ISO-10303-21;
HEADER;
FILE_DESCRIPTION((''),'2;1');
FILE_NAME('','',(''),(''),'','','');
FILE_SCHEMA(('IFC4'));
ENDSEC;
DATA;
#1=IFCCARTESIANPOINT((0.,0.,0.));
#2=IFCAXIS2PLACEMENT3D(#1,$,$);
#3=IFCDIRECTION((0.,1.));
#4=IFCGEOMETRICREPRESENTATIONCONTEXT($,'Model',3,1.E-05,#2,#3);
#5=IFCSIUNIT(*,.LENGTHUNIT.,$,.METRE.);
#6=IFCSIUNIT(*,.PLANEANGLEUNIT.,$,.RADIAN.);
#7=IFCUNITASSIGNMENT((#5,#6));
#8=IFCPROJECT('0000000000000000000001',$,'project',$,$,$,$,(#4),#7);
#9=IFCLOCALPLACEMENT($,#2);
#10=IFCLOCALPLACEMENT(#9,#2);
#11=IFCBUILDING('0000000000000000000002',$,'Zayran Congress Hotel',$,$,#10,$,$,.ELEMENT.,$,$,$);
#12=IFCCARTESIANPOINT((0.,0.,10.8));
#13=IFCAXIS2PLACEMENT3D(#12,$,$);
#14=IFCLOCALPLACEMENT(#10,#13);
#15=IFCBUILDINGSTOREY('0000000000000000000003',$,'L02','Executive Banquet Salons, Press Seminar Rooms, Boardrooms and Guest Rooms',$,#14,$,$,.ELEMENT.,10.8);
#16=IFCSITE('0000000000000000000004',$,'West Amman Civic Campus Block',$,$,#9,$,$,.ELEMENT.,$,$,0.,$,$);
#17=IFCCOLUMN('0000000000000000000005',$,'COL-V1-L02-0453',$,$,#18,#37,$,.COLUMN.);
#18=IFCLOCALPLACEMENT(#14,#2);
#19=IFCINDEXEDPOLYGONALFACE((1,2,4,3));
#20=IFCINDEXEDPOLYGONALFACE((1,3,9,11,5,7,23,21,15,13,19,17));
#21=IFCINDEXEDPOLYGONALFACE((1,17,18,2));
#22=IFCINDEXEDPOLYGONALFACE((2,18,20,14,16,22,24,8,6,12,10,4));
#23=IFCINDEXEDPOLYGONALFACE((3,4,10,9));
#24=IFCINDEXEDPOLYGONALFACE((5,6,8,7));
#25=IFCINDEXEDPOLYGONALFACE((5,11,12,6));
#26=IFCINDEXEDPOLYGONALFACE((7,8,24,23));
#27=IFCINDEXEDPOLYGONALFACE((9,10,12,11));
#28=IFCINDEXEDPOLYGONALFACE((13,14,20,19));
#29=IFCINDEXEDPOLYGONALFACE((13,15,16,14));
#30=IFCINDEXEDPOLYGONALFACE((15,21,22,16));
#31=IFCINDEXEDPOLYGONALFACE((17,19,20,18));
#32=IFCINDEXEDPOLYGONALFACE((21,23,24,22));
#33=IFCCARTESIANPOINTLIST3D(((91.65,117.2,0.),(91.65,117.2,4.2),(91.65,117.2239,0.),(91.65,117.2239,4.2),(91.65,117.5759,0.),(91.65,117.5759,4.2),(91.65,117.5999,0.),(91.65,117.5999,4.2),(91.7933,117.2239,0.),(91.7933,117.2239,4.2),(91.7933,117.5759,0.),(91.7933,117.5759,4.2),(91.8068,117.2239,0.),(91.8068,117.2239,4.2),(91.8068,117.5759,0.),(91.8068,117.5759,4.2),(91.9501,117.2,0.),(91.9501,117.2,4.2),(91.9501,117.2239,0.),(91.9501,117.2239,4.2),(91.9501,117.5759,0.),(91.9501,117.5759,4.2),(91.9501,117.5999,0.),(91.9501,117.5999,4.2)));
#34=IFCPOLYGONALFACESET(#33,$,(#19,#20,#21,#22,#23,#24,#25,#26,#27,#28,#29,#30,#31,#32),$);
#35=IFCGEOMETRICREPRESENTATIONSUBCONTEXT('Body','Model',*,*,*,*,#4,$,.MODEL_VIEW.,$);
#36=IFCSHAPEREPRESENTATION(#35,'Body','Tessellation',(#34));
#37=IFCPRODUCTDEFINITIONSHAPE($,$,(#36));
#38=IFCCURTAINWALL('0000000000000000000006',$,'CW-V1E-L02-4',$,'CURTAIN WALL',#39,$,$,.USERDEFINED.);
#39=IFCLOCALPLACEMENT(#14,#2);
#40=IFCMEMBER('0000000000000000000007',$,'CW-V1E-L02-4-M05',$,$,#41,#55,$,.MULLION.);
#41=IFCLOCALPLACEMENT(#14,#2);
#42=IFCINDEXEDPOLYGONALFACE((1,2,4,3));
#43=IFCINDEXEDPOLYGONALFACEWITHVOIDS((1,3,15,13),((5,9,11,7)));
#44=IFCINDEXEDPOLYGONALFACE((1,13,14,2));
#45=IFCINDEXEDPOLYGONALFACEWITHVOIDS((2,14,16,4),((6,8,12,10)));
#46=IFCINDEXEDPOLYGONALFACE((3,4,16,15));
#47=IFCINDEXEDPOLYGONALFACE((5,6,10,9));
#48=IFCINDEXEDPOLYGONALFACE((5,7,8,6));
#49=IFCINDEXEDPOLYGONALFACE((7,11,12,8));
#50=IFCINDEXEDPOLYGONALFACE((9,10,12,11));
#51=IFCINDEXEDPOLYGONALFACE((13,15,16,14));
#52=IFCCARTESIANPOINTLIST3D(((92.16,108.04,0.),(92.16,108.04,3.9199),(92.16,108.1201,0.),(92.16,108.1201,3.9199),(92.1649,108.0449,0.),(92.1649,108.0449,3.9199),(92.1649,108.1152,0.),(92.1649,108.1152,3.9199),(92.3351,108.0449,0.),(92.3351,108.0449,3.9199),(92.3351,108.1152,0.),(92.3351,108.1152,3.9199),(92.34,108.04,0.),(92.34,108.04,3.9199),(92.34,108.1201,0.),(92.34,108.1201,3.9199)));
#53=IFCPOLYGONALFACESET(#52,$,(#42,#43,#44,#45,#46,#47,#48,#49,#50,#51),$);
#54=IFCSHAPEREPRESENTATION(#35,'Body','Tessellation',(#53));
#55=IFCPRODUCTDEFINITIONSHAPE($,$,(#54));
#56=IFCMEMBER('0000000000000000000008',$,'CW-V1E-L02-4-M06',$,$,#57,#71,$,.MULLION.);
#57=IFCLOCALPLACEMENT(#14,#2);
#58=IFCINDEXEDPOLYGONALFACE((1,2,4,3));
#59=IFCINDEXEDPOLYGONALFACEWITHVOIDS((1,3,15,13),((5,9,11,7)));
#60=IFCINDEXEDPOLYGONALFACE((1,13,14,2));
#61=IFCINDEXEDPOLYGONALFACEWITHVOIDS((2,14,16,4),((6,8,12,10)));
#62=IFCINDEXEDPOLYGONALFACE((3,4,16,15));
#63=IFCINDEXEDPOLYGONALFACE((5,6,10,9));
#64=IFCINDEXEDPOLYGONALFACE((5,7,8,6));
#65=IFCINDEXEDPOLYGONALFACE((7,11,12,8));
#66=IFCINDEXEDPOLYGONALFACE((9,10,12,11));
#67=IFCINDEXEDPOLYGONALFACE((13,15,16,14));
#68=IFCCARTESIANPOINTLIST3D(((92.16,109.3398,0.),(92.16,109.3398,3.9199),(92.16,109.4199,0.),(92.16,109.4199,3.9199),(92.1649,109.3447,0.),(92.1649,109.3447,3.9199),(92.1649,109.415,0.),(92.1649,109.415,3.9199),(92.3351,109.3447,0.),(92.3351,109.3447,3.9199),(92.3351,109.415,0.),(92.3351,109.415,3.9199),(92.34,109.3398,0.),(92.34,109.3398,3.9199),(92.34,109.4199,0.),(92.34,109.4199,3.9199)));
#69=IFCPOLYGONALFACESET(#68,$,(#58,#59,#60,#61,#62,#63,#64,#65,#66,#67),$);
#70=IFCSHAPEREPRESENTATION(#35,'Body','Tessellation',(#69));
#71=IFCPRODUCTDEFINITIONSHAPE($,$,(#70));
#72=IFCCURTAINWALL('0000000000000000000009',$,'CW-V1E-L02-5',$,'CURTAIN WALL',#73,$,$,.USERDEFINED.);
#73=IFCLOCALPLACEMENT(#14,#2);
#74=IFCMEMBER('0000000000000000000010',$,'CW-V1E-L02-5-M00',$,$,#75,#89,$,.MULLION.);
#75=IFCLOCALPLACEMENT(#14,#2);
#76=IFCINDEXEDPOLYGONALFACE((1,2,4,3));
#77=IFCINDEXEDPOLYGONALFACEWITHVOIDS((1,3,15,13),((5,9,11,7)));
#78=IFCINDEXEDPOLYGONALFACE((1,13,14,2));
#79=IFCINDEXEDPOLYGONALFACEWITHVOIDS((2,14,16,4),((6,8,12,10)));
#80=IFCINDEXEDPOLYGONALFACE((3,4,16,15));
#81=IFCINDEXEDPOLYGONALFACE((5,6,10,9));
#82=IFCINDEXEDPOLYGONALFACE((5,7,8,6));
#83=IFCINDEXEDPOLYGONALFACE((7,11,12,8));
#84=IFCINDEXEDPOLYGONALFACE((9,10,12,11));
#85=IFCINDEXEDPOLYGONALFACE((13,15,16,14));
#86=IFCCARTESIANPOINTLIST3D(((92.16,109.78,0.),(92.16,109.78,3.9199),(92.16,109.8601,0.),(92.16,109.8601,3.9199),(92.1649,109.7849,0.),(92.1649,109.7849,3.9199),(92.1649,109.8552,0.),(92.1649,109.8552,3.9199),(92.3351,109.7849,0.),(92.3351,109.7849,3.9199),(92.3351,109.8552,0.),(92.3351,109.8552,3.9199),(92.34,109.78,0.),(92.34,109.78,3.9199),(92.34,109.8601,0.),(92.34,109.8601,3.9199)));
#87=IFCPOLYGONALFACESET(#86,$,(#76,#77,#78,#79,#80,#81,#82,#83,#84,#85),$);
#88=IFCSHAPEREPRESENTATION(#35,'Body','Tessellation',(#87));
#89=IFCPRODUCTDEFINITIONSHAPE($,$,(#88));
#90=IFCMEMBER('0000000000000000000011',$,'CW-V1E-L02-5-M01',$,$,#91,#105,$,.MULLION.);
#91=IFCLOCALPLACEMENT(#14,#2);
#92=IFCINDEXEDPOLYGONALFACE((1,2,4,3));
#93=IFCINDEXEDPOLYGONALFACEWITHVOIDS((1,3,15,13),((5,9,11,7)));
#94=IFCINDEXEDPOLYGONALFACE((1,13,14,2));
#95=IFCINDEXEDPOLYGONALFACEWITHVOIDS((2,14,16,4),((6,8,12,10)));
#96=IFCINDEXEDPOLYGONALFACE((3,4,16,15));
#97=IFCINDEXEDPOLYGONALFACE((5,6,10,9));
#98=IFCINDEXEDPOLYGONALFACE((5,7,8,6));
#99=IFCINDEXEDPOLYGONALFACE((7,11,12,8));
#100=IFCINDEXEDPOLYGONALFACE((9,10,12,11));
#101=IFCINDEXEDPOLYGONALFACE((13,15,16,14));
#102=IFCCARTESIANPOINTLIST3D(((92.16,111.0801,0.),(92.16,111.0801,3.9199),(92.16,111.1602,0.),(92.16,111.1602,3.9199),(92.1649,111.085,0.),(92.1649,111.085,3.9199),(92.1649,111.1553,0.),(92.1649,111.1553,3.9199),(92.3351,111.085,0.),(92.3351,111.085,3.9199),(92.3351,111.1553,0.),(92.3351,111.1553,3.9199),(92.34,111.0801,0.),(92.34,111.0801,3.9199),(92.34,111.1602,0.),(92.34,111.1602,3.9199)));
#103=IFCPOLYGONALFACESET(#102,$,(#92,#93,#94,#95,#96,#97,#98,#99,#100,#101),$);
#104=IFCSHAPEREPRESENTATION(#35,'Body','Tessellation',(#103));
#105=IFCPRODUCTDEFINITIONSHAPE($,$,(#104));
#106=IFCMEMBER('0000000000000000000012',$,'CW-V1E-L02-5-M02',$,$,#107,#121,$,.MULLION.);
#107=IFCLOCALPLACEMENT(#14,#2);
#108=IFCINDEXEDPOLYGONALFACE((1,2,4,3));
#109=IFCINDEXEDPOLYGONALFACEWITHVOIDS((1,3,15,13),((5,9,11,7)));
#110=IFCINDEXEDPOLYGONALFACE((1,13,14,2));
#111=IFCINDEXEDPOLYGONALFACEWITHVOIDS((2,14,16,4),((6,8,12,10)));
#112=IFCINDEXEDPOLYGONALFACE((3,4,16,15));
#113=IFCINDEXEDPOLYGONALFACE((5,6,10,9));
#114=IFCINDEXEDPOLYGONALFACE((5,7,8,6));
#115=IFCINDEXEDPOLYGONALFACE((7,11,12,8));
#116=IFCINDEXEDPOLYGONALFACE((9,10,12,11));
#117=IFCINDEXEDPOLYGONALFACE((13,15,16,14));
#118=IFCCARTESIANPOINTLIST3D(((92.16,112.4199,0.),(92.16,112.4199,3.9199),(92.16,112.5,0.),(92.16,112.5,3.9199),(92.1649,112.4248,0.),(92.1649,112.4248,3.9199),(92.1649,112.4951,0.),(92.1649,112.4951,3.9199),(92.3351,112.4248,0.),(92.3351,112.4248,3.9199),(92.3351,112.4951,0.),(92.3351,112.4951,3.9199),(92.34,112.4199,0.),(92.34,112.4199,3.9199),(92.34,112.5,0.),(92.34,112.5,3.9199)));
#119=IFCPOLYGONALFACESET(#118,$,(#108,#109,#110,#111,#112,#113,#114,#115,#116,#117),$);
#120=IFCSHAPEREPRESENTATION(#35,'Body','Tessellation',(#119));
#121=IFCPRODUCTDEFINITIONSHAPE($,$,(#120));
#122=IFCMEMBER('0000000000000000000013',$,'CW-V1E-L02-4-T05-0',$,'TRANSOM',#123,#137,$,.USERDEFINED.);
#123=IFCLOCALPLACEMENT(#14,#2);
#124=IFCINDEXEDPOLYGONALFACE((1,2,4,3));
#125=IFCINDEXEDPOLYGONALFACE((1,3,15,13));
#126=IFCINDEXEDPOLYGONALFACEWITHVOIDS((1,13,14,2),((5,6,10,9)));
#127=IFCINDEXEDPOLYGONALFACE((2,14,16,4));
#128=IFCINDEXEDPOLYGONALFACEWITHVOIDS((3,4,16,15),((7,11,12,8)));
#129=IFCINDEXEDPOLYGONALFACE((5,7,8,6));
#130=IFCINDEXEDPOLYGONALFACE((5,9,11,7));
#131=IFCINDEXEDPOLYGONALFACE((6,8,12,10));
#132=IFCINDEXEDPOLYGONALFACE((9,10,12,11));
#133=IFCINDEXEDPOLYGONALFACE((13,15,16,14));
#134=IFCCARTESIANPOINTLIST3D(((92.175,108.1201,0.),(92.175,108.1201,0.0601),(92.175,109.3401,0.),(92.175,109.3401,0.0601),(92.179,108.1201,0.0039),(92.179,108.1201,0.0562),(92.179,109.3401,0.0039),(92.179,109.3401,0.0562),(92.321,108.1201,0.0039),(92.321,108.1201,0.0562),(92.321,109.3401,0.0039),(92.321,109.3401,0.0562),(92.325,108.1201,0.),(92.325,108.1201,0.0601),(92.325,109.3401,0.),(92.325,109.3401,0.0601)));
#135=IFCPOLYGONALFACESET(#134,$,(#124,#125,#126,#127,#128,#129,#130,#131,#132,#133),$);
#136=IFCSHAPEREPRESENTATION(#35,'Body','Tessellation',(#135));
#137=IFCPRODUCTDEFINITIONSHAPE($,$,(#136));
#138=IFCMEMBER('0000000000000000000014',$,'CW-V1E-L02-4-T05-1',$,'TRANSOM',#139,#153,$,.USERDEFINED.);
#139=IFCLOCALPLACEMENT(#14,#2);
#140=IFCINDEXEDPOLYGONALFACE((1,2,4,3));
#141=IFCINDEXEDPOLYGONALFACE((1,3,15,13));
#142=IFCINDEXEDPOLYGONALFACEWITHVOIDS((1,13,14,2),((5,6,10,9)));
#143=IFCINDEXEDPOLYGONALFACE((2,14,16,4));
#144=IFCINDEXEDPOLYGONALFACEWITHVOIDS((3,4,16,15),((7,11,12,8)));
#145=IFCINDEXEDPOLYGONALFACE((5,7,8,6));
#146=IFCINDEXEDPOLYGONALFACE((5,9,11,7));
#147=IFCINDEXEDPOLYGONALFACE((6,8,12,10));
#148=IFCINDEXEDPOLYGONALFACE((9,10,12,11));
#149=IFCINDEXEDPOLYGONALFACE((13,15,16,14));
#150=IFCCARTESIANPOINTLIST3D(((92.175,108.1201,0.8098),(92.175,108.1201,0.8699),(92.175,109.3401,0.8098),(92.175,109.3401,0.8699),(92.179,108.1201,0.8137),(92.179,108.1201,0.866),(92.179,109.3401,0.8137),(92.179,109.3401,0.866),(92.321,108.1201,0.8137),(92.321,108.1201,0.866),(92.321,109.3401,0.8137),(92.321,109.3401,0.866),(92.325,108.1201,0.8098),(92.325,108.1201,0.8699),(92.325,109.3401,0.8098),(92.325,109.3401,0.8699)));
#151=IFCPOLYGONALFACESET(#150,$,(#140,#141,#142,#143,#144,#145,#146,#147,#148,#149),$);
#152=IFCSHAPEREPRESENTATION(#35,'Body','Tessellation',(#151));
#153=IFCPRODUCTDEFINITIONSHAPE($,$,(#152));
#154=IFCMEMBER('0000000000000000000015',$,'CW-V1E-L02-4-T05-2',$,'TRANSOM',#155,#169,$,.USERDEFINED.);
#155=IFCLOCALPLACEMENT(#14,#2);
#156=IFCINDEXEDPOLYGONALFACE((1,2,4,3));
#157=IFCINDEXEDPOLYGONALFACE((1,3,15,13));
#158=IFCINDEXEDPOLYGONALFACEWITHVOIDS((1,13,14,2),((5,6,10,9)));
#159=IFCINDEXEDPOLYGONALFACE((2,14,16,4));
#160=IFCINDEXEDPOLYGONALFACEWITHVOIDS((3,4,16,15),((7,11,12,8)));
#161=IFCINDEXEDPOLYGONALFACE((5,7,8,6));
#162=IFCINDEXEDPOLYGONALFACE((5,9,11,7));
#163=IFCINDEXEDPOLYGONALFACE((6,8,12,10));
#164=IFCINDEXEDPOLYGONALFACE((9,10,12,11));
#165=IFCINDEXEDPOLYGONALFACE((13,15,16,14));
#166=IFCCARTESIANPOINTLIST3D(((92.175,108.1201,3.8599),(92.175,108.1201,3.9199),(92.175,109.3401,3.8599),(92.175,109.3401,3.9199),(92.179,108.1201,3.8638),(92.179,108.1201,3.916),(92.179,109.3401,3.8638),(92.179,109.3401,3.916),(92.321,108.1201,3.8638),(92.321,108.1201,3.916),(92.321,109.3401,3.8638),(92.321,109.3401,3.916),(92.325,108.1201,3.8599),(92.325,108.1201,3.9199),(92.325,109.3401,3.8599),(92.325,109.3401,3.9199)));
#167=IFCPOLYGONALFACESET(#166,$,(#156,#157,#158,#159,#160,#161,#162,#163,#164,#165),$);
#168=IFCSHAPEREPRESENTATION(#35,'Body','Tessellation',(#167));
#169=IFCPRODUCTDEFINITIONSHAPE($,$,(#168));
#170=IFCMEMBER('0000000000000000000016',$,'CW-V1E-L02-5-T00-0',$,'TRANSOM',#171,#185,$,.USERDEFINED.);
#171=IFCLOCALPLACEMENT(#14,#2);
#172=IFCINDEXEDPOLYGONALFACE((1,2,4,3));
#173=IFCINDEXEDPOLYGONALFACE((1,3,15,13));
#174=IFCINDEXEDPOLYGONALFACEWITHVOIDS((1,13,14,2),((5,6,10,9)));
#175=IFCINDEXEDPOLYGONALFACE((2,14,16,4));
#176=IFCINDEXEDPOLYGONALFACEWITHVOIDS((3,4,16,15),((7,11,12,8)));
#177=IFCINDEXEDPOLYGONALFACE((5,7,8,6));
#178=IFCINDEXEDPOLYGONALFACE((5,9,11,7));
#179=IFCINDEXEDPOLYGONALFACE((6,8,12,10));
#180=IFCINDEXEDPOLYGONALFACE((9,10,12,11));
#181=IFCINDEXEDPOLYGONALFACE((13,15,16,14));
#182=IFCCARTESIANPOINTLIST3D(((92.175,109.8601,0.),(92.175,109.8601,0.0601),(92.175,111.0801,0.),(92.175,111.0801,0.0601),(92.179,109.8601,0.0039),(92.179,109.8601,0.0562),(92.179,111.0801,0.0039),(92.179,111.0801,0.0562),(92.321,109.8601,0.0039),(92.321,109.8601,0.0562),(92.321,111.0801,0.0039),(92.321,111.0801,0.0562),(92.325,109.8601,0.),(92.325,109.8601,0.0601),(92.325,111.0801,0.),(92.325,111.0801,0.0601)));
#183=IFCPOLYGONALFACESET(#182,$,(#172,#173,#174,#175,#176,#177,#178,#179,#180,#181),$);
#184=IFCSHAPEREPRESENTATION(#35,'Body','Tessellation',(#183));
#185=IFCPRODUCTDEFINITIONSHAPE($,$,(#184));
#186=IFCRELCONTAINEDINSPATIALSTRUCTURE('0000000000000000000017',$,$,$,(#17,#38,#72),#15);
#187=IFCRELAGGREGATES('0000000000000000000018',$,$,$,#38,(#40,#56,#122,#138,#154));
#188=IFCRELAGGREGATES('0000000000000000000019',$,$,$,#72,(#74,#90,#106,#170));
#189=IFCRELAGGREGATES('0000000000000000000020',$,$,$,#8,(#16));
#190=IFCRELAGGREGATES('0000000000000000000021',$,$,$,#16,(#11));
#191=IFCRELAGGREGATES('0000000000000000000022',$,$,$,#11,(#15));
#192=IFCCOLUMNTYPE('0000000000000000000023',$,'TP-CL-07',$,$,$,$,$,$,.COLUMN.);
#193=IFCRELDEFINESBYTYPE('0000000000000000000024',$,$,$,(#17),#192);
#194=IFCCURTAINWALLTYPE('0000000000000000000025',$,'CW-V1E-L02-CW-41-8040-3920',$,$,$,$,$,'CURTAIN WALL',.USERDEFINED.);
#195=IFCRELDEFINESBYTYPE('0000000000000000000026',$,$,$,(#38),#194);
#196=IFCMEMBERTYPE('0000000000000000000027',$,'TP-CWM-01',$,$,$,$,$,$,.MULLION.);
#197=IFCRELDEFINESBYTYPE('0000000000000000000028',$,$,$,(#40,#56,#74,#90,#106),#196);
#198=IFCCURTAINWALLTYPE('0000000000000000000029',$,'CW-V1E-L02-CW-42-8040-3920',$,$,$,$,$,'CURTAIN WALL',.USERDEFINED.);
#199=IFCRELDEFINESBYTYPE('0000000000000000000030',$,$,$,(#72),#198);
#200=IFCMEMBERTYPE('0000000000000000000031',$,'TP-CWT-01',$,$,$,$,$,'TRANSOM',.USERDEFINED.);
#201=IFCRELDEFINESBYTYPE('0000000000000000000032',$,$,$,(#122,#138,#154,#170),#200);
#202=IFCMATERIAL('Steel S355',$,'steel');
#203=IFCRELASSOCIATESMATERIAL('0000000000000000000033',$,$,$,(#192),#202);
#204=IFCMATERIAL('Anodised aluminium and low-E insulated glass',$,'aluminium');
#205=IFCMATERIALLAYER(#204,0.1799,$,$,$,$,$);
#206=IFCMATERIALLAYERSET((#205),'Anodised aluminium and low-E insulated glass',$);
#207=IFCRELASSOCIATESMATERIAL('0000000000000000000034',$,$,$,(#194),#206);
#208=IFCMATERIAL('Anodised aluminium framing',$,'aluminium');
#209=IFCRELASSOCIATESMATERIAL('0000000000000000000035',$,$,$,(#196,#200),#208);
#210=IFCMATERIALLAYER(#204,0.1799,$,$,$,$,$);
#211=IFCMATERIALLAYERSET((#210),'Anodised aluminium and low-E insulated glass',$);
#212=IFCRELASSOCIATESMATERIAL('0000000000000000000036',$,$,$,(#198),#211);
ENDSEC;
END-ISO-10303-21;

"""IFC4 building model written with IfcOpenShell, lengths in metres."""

from ifc_helpers import new_model, si_unit, direction, frame, origin, origin_2d, place, context, subcontext, project, spatial, hollow_rectangle, i_section, extrude, material, layer, layer_set, material_profile, profile_set, type_object, element, aggregate, save


model = new_model("IFC4")

# Units and contexts
model_context = context("Model", 3, precision=1e-05, world=origin(), true_north=direction((0.0, 1.0)))
body_context = subcontext(model_context, "Body", "Model", "MODEL_VIEW")
ifc_project = project(units=[si_unit("LENGTHUNIT", "METRE"), si_unit("PLANEANGLEUNIT", "RADIAN")], contexts=[model_context])

# Site, building, storey
site_placement = place(None, origin())
site = spatial("IfcSite", under=ifc_project, at=site_placement, Name="West Amman Civic Campus Block", CompositionType="ELEMENT", RefElevation=0.0)
building_placement = place(site_placement, origin())
building = spatial("IfcBuilding", under=site, at=building_placement, Name="Zayran Congress Hotel", CompositionType="ELEMENT")
storey_placement = place(building_placement, frame((0.0, 0.0, 10.8)))
storey = spatial("IfcBuildingStorey", under=building, at=storey_placement, Name="L02", Description="Executive Banquet Salons, Press Seminar Rooms, Boardrooms and Guest Rooms", CompositionType="ELEMENT", Elevation=10.8)

# Column
ifc_material_1 = material(Name="Steel S355", Category="steel")
ifc_material_profile_1 = material_profile(ifc_material_1, i_section(OverallWidth=0.3, OverallDepth=0.3999, WebThickness=0.0134, FlangeThickness=0.0239, at=origin_2d()), Name="HEB 400")
ifc_profile_set_1 = profile_set([ifc_material_profile_1], Name="Steel S355")
column_type = type_object("IfcColumnType", Name="TP-CL-07", PredefinedType="COLUMN", material=ifc_profile_set_1)
column_placement = place(storey_placement, frame((91.8, 117.3999, 0.0), z_axis=(0.0, 0.0, 1.0), x_axis=(1.0, 0.0, 0.0)))
element("IfcColumn", 1, at=column_placement, inside=storey, type_object=column_type, Name="COL-V1-L02-0453", PredefinedType="COLUMN", context=body_context, shape_type="SweptSolid", body=[
    extrude(i_section(OverallWidth=0.3, OverallDepth=0.3999, WebThickness=0.0134, FlangeThickness=0.0239, at=origin_2d()), origin(), (0.0, 0.0, 1.0), 4.2),
])

# Curtain walls, members
ifc_material_2 = material(Name="Anodised aluminium and low-E insulated glass", Category="aluminium")
ifc_layer_1 = layer(ifc_material_2, 0.1799)
ifc_layer_set_1 = layer_set([ifc_layer_1], Name="Anodised aluminium and low-E insulated glass")
curtain_wall_type_1 = type_object("IfcCurtainWallType", Name="CW-V1E-L02-CW-41-8040-3920", ElementType="CURTAIN WALL", PredefinedType="USERDEFINED", material=ifc_layer_set_1)
curtain_wall_1_placement = place(storey_placement, origin())
curtain_wall_1 = element("IfcCurtainWall", 2, at=curtain_wall_1_placement, inside=storey, type_object=curtain_wall_type_1, Name="CW-V1E-L02-4", ObjectType="CURTAIN WALL", PredefinedType="USERDEFINED")
ifc_material_3 = material(Name="Anodised aluminium framing", Category="aluminium")
ifc_material_profile_2 = material_profile(ifc_material_3, hollow_rectangle(XDim=0.0801, YDim=0.1799, WallThickness=0.0049, at=origin_2d()), Name="RHS 180x80x5")
ifc_profile_set_2 = profile_set([ifc_material_profile_2], Name="Anodised aluminium framing")
member_type_1 = type_object("IfcMemberType", Name="TP-CWM-01", PredefinedType="MULLION", material=ifc_profile_set_2)
member_1_placement = place(storey_placement, frame((92.25, 108.0801, 0.0), z_axis=(0.0, 0.0, 1.0), x_axis=(0.0, 1.0, 0.0)))
member_1 = element("IfcMember", 3, at=member_1_placement, type_object=member_type_1, Name="CW-V1E-L02-4-M05", PredefinedType="MULLION", context=body_context, shape_type="SweptSolid", body=[
    extrude(hollow_rectangle(XDim=0.0801, YDim=0.1799, WallThickness=0.0049, at=origin_2d()), origin(), (0.0, 0.0, 1.0), 3.9199),
])
member_2_placement = place(storey_placement, frame((92.25, 109.3799, 0.0), z_axis=(0.0, 0.0, 1.0), x_axis=(0.0, 1.0, 0.0)))
member_2 = element("IfcMember", 4, at=member_2_placement, type_object=member_type_1, Name="CW-V1E-L02-4-M06", PredefinedType="MULLION", context=body_context, shape_type="SweptSolid", body=[
    extrude(hollow_rectangle(XDim=0.0801, YDim=0.1799, WallThickness=0.0049, at=origin_2d()), origin(), (0.0, 0.0, 1.0), 3.9199),
])
ifc_layer_2 = layer(ifc_material_2, 0.1799)
ifc_layer_set_2 = layer_set([ifc_layer_2], Name="Anodised aluminium and low-E insulated glass")
curtain_wall_type_2 = type_object("IfcCurtainWallType", Name="CW-V1E-L02-CW-42-8040-3920", ElementType="CURTAIN WALL", PredefinedType="USERDEFINED", material=ifc_layer_set_2)
curtain_wall_2_placement = place(storey_placement, origin())
curtain_wall_2 = element("IfcCurtainWall", 5, at=curtain_wall_2_placement, inside=storey, type_object=curtain_wall_type_2, Name="CW-V1E-L02-5", ObjectType="CURTAIN WALL", PredefinedType="USERDEFINED")
member_3_placement = place(storey_placement, frame((92.25, 109.8201, 0.0), z_axis=(0.0, 0.0, 1.0), x_axis=(0.0, 1.0, 0.0)))
member_3 = element("IfcMember", 6, at=member_3_placement, type_object=member_type_1, Name="CW-V1E-L02-5-M00", PredefinedType="MULLION", context=body_context, shape_type="SweptSolid", body=[
    extrude(hollow_rectangle(XDim=0.0801, YDim=0.1799, WallThickness=0.0049, at=origin_2d()), origin(), (0.0, 0.0, 1.0), 3.9199),
])
member_4_placement = place(storey_placement, frame((92.25, 111.1201, 0.0), z_axis=(0.0, 0.0, 1.0), x_axis=(0.0, 1.0, 0.0)))
member_4 = element("IfcMember", 7, at=member_4_placement, type_object=member_type_1, Name="CW-V1E-L02-5-M01", PredefinedType="MULLION", context=body_context, shape_type="SweptSolid", body=[
    extrude(hollow_rectangle(XDim=0.0801, YDim=0.1799, WallThickness=0.0049, at=origin_2d()), origin(), (0.0, 0.0, 1.0), 3.9199),
])
member_5_placement = place(storey_placement, frame((92.25, 112.46, 0.0), z_axis=(0.0, 0.0, 1.0), x_axis=(0.0, 1.0, 0.0)))
member_5 = element("IfcMember", 8, at=member_5_placement, type_object=member_type_1, Name="CW-V1E-L02-5-M02", PredefinedType="MULLION", context=body_context, shape_type="SweptSolid", body=[
    extrude(hollow_rectangle(XDim=0.0801, YDim=0.1799, WallThickness=0.0049, at=origin_2d()), origin(), (0.0, 0.0, 1.0), 3.9199),
])

# Members
ifc_material_profile_3 = material_profile(ifc_material_3, hollow_rectangle(XDim=0.0601, YDim=0.1499, WallThickness=0.0039, at=origin_2d()), Name="RHS 150x60x4")
ifc_profile_set_3 = profile_set([ifc_material_profile_3], Name="Anodised aluminium framing")
member_type_2 = type_object("IfcMemberType", Name="TP-CWT-01", ElementType="TRANSOM", PredefinedType="USERDEFINED", material=ifc_profile_set_3)
member_6_placement = place(storey_placement, frame((92.25, 108.1201, 0.03), z_axis=(0.0, 1.0, 0.0), x_axis=(0.0, 0.0, 1.0)))
member_6 = element("IfcMember", 9, at=member_6_placement, type_object=member_type_2, Name="CW-V1E-L02-4-T05-0", ObjectType="TRANSOM", PredefinedType="USERDEFINED", context=body_context, shape_type="SweptSolid", body=[
    extrude(hollow_rectangle(XDim=0.0601, YDim=0.1499, WallThickness=0.0039, at=origin_2d()), origin(), (0.0, 0.0, 1.0), 1.22),
])
member_7_placement = place(storey_placement, frame((92.25, 108.1201, 0.8398), z_axis=(0.0, 1.0, 0.0), x_axis=(0.0, 0.0, 1.0)))
member_7 = element("IfcMember", 10, at=member_7_placement, type_object=member_type_2, Name="CW-V1E-L02-4-T05-1", ObjectType="TRANSOM", PredefinedType="USERDEFINED", context=body_context, shape_type="SweptSolid", body=[
    extrude(hollow_rectangle(XDim=0.0601, YDim=0.1499, WallThickness=0.0039, at=origin_2d()), origin(), (0.0, 0.0, 1.0), 1.22),
])
member_8_placement = place(storey_placement, frame((92.25, 108.1201, 3.8899), z_axis=(0.0, 1.0, 0.0), x_axis=(0.0, 0.0, 1.0)))
member_8 = element("IfcMember", 11, at=member_8_placement, type_object=member_type_2, Name="CW-V1E-L02-4-T05-2", ObjectType="TRANSOM", PredefinedType="USERDEFINED", context=body_context, shape_type="SweptSolid", body=[
    extrude(hollow_rectangle(XDim=0.0601, YDim=0.1499, WallThickness=0.0039, at=origin_2d()), origin(), (0.0, 0.0, 1.0), 1.22),
])
member_9_placement = place(storey_placement, frame((92.25, 109.8601, 0.03), z_axis=(0.0, 1.0, 0.0), x_axis=(0.0, 0.0, 1.0)))
member_9 = element("IfcMember", 12, at=member_9_placement, type_object=member_type_2, Name="CW-V1E-L02-5-T00-0", ObjectType="TRANSOM", PredefinedType="USERDEFINED", context=body_context, shape_type="SweptSolid", body=[
    extrude(hollow_rectangle(XDim=0.0601, YDim=0.1499, WallThickness=0.0039, at=origin_2d()), origin(), (0.0, 0.0, 1.0), 1.22),
])

aggregate(curtain_wall_1, [member_1, member_2, member_6, member_7, member_8])
aggregate(curtain_wall_2, [member_3, member_4, member_5, member_9])

save(model, "model.ifc")
